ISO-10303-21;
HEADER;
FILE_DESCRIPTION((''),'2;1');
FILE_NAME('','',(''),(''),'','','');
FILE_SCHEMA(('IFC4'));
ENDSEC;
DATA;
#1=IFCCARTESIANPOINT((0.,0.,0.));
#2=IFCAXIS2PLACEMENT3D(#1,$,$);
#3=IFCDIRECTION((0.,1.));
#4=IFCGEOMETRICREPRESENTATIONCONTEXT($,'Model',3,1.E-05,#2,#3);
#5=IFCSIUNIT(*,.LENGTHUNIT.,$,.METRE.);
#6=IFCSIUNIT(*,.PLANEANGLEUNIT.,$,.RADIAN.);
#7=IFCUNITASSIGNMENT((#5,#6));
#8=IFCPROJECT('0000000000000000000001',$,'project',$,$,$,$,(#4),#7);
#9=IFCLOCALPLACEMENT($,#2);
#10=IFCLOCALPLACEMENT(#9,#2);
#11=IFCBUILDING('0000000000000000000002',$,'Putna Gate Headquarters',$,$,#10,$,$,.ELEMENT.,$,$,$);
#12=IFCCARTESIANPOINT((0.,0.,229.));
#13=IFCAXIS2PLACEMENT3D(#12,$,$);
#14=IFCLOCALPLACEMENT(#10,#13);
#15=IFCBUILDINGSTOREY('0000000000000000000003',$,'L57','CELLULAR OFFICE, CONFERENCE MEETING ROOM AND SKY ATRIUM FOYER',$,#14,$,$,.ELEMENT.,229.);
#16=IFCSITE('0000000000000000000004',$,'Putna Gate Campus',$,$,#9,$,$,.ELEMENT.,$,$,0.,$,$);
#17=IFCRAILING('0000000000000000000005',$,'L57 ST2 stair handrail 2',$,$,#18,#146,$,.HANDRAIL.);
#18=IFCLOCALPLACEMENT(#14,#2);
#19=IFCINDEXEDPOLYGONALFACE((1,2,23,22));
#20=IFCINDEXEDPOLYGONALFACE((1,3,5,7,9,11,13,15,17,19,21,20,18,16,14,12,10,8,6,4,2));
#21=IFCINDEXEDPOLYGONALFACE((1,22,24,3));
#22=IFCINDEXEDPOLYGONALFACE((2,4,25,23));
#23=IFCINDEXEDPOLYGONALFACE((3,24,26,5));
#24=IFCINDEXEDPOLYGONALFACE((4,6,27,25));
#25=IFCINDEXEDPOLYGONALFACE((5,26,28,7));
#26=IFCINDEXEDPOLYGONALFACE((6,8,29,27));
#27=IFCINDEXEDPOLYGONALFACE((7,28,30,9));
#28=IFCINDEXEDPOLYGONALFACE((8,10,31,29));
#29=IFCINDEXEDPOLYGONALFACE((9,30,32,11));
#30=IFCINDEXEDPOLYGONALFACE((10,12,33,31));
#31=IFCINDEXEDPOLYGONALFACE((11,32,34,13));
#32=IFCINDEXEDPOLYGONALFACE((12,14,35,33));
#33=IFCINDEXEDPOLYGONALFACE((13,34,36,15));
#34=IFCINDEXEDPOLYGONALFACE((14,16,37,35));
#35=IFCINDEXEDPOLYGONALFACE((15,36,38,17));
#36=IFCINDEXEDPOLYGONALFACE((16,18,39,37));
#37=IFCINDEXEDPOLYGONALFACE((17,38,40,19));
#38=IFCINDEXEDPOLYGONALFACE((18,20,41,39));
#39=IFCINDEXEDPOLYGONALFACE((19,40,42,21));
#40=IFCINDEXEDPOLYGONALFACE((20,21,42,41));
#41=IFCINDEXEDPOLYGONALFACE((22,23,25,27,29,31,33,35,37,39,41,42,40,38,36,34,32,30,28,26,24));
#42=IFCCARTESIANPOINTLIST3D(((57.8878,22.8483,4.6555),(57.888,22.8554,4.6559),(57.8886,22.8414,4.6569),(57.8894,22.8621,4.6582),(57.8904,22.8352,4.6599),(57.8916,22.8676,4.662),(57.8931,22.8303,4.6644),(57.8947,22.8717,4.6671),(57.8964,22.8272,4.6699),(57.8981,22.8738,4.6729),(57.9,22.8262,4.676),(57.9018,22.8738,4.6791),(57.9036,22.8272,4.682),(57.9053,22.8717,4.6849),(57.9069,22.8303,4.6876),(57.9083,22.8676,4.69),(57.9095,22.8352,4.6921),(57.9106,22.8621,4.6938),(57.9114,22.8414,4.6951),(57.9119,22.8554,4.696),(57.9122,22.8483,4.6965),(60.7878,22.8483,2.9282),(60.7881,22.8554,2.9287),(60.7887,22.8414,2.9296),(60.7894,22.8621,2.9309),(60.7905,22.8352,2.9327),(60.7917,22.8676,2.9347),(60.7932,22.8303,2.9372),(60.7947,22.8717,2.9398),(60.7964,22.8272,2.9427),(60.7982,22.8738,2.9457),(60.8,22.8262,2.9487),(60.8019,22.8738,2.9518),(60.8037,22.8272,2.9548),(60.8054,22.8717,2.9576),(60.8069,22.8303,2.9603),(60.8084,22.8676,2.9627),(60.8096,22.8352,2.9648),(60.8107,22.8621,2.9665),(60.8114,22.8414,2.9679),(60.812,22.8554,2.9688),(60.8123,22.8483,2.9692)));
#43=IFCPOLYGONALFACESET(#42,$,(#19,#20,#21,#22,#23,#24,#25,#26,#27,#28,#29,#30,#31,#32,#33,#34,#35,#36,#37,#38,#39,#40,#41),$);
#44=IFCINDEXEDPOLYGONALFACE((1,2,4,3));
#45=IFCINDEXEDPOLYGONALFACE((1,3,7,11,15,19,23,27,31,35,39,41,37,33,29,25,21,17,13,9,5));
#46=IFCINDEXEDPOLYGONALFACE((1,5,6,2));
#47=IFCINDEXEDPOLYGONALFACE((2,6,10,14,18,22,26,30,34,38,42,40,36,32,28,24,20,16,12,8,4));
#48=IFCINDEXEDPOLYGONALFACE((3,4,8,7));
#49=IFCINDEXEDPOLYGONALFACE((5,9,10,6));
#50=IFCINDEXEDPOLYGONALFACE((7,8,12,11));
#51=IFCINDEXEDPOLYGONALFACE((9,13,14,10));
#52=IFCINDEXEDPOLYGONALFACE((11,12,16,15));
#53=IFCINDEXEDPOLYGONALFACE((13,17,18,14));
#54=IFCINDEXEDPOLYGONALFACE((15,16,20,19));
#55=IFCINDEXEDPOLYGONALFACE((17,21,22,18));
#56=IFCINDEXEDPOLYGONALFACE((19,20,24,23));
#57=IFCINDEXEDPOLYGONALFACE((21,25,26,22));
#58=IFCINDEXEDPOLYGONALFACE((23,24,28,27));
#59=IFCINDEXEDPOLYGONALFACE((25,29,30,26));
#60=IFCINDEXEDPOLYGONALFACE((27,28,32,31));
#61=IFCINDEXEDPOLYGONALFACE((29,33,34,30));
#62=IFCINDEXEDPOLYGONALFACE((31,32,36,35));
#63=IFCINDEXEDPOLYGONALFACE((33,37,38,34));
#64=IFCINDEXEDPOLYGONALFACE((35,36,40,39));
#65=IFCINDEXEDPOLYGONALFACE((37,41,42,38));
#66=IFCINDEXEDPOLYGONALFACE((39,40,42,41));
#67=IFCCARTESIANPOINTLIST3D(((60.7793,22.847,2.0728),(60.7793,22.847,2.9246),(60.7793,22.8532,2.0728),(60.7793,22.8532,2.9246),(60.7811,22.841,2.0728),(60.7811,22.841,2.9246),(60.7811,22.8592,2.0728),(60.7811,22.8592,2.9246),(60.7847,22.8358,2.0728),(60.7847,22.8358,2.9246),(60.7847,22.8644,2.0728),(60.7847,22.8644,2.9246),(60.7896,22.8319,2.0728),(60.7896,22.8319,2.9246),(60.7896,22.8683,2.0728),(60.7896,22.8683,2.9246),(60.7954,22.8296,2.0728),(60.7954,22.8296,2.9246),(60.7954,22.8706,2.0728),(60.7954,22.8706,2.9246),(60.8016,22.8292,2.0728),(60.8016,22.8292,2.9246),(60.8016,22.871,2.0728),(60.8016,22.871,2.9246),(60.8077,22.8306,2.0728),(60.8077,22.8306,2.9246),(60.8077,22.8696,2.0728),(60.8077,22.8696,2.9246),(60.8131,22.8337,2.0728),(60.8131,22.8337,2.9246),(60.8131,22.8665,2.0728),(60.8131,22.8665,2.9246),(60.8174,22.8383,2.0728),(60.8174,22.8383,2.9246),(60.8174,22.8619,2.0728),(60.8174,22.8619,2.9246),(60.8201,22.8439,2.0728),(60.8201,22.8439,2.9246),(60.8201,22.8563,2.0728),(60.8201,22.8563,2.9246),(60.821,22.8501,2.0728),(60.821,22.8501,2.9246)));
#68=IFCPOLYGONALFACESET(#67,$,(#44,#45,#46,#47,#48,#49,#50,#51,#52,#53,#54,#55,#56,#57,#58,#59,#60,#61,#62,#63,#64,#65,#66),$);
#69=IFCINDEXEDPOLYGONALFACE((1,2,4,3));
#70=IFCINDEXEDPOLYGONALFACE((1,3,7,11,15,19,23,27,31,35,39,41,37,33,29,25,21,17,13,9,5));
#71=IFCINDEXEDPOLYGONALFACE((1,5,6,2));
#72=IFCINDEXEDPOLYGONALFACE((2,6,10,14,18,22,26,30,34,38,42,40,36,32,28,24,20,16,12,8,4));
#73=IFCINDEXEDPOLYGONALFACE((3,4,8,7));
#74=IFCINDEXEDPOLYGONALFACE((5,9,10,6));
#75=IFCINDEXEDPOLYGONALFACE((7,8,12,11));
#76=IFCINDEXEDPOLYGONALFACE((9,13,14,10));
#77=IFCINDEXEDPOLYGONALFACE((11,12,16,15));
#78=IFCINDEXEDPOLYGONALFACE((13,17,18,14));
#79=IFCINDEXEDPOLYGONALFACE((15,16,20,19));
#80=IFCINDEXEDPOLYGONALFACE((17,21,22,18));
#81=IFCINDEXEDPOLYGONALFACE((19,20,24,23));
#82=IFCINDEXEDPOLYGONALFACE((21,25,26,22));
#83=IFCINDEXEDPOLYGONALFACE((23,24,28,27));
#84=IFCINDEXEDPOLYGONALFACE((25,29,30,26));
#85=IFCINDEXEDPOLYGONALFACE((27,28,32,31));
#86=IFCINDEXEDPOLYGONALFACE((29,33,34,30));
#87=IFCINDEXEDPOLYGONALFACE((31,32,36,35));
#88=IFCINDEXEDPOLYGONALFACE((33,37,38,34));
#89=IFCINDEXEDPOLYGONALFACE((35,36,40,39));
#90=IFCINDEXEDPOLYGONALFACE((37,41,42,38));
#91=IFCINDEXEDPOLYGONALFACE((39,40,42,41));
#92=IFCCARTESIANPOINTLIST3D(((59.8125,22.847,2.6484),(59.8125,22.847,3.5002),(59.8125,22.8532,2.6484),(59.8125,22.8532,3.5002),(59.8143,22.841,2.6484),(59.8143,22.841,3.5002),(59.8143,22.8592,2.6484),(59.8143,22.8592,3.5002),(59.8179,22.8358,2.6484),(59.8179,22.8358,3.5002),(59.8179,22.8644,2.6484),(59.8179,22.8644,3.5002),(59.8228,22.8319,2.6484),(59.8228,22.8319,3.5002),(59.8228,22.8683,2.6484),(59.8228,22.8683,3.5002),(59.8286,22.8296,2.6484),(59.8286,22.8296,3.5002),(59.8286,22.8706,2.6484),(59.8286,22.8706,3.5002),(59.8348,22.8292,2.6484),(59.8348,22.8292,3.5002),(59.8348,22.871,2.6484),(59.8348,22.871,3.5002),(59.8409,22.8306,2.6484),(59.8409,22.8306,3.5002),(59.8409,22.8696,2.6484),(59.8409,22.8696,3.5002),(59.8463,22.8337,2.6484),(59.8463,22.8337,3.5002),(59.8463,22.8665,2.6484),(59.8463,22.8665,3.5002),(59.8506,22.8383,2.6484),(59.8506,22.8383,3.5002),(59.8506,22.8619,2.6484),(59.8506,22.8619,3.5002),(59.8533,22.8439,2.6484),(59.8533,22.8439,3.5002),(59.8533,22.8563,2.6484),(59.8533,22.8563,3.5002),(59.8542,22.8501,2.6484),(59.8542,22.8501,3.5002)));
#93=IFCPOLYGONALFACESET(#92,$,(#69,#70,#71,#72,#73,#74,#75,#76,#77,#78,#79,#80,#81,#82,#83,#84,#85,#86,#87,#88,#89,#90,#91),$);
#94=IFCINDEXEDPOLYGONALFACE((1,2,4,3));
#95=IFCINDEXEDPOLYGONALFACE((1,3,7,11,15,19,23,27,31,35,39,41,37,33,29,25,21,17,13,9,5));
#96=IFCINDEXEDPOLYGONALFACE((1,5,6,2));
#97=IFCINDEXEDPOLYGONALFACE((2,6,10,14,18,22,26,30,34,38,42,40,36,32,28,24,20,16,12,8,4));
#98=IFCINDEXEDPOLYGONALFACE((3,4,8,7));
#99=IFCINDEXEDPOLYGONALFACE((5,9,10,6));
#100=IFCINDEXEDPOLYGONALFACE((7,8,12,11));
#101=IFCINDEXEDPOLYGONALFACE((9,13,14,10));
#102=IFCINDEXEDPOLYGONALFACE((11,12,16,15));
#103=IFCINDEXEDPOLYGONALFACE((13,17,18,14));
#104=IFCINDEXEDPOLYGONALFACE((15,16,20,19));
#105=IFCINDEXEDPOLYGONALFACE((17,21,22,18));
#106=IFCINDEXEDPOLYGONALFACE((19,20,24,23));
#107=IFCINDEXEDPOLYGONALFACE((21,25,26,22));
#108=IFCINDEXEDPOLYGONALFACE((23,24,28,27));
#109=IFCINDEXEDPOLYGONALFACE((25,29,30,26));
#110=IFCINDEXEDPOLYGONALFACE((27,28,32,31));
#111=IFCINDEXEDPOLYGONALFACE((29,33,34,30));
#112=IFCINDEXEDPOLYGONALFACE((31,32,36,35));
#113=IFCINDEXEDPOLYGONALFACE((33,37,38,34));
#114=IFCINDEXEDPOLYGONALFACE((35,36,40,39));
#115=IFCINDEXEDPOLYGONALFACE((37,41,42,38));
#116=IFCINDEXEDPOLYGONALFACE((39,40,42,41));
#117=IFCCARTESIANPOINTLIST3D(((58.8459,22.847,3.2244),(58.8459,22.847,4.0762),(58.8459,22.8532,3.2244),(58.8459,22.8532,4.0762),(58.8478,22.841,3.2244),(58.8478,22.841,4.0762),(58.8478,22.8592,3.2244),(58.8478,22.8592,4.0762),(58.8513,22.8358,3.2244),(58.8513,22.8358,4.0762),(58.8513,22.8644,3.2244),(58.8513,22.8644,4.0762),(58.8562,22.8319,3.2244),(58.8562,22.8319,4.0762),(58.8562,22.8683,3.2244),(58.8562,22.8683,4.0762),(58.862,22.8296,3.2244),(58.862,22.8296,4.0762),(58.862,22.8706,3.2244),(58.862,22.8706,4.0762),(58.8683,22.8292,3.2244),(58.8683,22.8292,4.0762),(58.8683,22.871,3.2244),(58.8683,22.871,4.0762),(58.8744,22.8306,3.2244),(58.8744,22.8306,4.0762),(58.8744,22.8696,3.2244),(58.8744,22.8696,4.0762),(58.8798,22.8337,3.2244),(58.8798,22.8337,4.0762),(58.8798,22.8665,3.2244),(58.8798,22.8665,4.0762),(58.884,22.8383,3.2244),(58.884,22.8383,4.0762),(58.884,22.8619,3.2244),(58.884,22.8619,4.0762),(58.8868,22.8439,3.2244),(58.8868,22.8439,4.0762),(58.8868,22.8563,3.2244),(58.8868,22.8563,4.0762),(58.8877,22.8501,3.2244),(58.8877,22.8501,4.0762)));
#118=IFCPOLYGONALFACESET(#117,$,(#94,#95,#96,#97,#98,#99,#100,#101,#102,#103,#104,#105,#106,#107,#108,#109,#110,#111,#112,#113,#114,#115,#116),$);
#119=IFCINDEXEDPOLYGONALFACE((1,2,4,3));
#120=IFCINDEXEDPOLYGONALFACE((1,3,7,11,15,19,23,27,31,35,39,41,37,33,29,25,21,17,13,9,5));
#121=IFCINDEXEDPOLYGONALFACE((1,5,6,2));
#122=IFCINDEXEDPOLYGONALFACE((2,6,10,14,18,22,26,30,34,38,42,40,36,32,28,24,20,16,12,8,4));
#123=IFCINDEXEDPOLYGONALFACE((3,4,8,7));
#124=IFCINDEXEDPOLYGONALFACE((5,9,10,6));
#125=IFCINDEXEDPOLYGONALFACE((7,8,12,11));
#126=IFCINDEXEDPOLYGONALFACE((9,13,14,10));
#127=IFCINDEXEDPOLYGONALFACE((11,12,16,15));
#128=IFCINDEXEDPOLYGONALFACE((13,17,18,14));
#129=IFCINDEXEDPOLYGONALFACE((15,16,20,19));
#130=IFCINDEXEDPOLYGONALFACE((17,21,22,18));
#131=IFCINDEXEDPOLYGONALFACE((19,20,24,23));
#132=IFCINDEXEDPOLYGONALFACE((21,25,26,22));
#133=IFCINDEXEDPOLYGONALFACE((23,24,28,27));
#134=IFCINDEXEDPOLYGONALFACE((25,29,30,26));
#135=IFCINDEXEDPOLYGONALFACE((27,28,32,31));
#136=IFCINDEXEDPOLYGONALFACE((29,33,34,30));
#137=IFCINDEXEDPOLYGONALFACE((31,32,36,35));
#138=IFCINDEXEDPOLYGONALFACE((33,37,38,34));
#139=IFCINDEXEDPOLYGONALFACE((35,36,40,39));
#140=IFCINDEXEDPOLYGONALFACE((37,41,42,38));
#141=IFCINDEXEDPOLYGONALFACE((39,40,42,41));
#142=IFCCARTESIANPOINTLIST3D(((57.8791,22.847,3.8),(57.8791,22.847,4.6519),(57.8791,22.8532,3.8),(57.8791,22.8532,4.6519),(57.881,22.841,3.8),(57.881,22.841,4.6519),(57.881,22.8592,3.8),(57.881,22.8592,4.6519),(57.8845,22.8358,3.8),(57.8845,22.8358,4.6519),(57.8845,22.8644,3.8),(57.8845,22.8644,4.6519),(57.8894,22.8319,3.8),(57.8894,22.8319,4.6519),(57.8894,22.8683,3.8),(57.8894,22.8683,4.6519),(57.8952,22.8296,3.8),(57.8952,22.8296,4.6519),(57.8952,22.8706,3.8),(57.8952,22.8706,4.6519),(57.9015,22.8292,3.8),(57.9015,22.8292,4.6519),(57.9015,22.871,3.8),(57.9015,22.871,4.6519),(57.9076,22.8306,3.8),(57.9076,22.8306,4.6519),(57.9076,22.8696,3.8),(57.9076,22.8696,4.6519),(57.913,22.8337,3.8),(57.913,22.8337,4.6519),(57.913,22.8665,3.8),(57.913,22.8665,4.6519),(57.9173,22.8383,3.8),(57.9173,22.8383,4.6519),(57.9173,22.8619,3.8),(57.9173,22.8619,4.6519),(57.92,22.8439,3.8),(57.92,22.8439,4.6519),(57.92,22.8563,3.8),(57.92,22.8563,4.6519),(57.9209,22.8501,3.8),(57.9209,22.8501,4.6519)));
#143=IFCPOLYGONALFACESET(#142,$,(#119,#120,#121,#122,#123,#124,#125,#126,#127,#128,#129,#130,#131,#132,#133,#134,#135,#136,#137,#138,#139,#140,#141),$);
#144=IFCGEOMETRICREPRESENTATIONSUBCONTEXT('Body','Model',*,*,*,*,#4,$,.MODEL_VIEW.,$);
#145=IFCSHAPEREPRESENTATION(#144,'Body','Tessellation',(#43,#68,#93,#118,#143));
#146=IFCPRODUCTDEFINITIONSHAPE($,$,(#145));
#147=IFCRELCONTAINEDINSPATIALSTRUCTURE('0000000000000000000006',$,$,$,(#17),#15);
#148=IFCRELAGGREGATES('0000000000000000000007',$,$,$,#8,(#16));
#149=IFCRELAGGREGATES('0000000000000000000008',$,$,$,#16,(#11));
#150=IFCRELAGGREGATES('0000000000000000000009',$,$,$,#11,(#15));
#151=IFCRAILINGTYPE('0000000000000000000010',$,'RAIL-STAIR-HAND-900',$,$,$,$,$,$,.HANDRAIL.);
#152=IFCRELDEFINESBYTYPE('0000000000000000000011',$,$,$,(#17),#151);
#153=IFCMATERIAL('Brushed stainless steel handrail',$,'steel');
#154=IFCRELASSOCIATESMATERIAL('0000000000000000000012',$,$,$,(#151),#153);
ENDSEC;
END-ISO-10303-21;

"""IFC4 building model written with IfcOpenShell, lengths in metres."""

from ifc_helpers import new_model, si_unit, direction, frame, origin, origin_2d, place, context, subcontext, project, spatial, circle, extrude, material, type_object, element, save


model = new_model("IFC4")

# Units and contexts
model_context = context("Model", 3, precision=1e-05, world=origin(), true_north=direction((0.0, 1.0)))
body_context = subcontext(model_context, "Body", "Model", "MODEL_VIEW")
ifc_project = project(units=[si_unit("LENGTHUNIT", "METRE"), si_unit("PLANEANGLEUNIT", "RADIAN")], contexts=[model_context])

# Site, building, storey
site_placement = place(None, origin())
site = spatial("IfcSite", under=ifc_project, at=site_placement, Name="Putna Gate Campus", CompositionType="ELEMENT", RefElevation=0.0)
building_placement = place(site_placement, origin())
building = spatial("IfcBuilding", under=site, at=building_placement, Name="Putna Gate Headquarters", CompositionType="ELEMENT")
storey_placement = place(building_placement, frame((0.0, 0.0, 229.0)))
storey = spatial("IfcBuildingStorey", under=building, at=storey_placement, Name="L57", Description="CELLULAR OFFICE, CONFERENCE MEETING ROOM AND SKY ATRIUM FOYER", CompositionType="ELEMENT", Elevation=229.0)

# Railing
ifc_material_1 = material(Name="Brushed stainless steel handrail", Category="steel")
railing_type_1 = type_object("IfcRailingType", Name="RAIL-STAIR-HAND-900", PredefinedType="HANDRAIL", material=ifc_material_1)
railing_1_placement = place(storey_placement, frame((60.8, 22.8501, 2.0728)))
element("IfcRailing", 1, at=railing_1_placement, inside=storey, type_object=railing_type_1, Name="L57 ST2 stair handrail 2", PredefinedType="HANDRAIL", context=body_context, shape_type="SweptSolid", body=[
    extrude(circle(Radius=0.0239, at=origin_2d()), frame((0.0, 0.0, 0.876), z_axis=(-0.85916, 0.0, 0.511706), x_axis=(0.0, -1.0, 0.0)), (0.0, 0.0, 1.0), 3.3755),
    extrude(circle(Radius=0.021, at=origin_2d()), origin(), (0.0, 0.0, 1.0), 0.8518),
    extrude(circle(Radius=0.021, at=origin_2d()), frame((-0.9668, 0.0, 0.5757)), (0.0, 0.0, 1.0), 0.8518),
    extrude(circle(Radius=0.021, at=origin_2d()), frame((-1.9333, 0.0, 1.1516)), (0.0, 0.0, 1.0), 0.8518),
    extrude(circle(Radius=0.021, at=origin_2d()), frame((-2.9001, 0.0, 1.7273)), (0.0, 0.0, 1.0), 0.8518),
])

save(model, "model.ifc")
